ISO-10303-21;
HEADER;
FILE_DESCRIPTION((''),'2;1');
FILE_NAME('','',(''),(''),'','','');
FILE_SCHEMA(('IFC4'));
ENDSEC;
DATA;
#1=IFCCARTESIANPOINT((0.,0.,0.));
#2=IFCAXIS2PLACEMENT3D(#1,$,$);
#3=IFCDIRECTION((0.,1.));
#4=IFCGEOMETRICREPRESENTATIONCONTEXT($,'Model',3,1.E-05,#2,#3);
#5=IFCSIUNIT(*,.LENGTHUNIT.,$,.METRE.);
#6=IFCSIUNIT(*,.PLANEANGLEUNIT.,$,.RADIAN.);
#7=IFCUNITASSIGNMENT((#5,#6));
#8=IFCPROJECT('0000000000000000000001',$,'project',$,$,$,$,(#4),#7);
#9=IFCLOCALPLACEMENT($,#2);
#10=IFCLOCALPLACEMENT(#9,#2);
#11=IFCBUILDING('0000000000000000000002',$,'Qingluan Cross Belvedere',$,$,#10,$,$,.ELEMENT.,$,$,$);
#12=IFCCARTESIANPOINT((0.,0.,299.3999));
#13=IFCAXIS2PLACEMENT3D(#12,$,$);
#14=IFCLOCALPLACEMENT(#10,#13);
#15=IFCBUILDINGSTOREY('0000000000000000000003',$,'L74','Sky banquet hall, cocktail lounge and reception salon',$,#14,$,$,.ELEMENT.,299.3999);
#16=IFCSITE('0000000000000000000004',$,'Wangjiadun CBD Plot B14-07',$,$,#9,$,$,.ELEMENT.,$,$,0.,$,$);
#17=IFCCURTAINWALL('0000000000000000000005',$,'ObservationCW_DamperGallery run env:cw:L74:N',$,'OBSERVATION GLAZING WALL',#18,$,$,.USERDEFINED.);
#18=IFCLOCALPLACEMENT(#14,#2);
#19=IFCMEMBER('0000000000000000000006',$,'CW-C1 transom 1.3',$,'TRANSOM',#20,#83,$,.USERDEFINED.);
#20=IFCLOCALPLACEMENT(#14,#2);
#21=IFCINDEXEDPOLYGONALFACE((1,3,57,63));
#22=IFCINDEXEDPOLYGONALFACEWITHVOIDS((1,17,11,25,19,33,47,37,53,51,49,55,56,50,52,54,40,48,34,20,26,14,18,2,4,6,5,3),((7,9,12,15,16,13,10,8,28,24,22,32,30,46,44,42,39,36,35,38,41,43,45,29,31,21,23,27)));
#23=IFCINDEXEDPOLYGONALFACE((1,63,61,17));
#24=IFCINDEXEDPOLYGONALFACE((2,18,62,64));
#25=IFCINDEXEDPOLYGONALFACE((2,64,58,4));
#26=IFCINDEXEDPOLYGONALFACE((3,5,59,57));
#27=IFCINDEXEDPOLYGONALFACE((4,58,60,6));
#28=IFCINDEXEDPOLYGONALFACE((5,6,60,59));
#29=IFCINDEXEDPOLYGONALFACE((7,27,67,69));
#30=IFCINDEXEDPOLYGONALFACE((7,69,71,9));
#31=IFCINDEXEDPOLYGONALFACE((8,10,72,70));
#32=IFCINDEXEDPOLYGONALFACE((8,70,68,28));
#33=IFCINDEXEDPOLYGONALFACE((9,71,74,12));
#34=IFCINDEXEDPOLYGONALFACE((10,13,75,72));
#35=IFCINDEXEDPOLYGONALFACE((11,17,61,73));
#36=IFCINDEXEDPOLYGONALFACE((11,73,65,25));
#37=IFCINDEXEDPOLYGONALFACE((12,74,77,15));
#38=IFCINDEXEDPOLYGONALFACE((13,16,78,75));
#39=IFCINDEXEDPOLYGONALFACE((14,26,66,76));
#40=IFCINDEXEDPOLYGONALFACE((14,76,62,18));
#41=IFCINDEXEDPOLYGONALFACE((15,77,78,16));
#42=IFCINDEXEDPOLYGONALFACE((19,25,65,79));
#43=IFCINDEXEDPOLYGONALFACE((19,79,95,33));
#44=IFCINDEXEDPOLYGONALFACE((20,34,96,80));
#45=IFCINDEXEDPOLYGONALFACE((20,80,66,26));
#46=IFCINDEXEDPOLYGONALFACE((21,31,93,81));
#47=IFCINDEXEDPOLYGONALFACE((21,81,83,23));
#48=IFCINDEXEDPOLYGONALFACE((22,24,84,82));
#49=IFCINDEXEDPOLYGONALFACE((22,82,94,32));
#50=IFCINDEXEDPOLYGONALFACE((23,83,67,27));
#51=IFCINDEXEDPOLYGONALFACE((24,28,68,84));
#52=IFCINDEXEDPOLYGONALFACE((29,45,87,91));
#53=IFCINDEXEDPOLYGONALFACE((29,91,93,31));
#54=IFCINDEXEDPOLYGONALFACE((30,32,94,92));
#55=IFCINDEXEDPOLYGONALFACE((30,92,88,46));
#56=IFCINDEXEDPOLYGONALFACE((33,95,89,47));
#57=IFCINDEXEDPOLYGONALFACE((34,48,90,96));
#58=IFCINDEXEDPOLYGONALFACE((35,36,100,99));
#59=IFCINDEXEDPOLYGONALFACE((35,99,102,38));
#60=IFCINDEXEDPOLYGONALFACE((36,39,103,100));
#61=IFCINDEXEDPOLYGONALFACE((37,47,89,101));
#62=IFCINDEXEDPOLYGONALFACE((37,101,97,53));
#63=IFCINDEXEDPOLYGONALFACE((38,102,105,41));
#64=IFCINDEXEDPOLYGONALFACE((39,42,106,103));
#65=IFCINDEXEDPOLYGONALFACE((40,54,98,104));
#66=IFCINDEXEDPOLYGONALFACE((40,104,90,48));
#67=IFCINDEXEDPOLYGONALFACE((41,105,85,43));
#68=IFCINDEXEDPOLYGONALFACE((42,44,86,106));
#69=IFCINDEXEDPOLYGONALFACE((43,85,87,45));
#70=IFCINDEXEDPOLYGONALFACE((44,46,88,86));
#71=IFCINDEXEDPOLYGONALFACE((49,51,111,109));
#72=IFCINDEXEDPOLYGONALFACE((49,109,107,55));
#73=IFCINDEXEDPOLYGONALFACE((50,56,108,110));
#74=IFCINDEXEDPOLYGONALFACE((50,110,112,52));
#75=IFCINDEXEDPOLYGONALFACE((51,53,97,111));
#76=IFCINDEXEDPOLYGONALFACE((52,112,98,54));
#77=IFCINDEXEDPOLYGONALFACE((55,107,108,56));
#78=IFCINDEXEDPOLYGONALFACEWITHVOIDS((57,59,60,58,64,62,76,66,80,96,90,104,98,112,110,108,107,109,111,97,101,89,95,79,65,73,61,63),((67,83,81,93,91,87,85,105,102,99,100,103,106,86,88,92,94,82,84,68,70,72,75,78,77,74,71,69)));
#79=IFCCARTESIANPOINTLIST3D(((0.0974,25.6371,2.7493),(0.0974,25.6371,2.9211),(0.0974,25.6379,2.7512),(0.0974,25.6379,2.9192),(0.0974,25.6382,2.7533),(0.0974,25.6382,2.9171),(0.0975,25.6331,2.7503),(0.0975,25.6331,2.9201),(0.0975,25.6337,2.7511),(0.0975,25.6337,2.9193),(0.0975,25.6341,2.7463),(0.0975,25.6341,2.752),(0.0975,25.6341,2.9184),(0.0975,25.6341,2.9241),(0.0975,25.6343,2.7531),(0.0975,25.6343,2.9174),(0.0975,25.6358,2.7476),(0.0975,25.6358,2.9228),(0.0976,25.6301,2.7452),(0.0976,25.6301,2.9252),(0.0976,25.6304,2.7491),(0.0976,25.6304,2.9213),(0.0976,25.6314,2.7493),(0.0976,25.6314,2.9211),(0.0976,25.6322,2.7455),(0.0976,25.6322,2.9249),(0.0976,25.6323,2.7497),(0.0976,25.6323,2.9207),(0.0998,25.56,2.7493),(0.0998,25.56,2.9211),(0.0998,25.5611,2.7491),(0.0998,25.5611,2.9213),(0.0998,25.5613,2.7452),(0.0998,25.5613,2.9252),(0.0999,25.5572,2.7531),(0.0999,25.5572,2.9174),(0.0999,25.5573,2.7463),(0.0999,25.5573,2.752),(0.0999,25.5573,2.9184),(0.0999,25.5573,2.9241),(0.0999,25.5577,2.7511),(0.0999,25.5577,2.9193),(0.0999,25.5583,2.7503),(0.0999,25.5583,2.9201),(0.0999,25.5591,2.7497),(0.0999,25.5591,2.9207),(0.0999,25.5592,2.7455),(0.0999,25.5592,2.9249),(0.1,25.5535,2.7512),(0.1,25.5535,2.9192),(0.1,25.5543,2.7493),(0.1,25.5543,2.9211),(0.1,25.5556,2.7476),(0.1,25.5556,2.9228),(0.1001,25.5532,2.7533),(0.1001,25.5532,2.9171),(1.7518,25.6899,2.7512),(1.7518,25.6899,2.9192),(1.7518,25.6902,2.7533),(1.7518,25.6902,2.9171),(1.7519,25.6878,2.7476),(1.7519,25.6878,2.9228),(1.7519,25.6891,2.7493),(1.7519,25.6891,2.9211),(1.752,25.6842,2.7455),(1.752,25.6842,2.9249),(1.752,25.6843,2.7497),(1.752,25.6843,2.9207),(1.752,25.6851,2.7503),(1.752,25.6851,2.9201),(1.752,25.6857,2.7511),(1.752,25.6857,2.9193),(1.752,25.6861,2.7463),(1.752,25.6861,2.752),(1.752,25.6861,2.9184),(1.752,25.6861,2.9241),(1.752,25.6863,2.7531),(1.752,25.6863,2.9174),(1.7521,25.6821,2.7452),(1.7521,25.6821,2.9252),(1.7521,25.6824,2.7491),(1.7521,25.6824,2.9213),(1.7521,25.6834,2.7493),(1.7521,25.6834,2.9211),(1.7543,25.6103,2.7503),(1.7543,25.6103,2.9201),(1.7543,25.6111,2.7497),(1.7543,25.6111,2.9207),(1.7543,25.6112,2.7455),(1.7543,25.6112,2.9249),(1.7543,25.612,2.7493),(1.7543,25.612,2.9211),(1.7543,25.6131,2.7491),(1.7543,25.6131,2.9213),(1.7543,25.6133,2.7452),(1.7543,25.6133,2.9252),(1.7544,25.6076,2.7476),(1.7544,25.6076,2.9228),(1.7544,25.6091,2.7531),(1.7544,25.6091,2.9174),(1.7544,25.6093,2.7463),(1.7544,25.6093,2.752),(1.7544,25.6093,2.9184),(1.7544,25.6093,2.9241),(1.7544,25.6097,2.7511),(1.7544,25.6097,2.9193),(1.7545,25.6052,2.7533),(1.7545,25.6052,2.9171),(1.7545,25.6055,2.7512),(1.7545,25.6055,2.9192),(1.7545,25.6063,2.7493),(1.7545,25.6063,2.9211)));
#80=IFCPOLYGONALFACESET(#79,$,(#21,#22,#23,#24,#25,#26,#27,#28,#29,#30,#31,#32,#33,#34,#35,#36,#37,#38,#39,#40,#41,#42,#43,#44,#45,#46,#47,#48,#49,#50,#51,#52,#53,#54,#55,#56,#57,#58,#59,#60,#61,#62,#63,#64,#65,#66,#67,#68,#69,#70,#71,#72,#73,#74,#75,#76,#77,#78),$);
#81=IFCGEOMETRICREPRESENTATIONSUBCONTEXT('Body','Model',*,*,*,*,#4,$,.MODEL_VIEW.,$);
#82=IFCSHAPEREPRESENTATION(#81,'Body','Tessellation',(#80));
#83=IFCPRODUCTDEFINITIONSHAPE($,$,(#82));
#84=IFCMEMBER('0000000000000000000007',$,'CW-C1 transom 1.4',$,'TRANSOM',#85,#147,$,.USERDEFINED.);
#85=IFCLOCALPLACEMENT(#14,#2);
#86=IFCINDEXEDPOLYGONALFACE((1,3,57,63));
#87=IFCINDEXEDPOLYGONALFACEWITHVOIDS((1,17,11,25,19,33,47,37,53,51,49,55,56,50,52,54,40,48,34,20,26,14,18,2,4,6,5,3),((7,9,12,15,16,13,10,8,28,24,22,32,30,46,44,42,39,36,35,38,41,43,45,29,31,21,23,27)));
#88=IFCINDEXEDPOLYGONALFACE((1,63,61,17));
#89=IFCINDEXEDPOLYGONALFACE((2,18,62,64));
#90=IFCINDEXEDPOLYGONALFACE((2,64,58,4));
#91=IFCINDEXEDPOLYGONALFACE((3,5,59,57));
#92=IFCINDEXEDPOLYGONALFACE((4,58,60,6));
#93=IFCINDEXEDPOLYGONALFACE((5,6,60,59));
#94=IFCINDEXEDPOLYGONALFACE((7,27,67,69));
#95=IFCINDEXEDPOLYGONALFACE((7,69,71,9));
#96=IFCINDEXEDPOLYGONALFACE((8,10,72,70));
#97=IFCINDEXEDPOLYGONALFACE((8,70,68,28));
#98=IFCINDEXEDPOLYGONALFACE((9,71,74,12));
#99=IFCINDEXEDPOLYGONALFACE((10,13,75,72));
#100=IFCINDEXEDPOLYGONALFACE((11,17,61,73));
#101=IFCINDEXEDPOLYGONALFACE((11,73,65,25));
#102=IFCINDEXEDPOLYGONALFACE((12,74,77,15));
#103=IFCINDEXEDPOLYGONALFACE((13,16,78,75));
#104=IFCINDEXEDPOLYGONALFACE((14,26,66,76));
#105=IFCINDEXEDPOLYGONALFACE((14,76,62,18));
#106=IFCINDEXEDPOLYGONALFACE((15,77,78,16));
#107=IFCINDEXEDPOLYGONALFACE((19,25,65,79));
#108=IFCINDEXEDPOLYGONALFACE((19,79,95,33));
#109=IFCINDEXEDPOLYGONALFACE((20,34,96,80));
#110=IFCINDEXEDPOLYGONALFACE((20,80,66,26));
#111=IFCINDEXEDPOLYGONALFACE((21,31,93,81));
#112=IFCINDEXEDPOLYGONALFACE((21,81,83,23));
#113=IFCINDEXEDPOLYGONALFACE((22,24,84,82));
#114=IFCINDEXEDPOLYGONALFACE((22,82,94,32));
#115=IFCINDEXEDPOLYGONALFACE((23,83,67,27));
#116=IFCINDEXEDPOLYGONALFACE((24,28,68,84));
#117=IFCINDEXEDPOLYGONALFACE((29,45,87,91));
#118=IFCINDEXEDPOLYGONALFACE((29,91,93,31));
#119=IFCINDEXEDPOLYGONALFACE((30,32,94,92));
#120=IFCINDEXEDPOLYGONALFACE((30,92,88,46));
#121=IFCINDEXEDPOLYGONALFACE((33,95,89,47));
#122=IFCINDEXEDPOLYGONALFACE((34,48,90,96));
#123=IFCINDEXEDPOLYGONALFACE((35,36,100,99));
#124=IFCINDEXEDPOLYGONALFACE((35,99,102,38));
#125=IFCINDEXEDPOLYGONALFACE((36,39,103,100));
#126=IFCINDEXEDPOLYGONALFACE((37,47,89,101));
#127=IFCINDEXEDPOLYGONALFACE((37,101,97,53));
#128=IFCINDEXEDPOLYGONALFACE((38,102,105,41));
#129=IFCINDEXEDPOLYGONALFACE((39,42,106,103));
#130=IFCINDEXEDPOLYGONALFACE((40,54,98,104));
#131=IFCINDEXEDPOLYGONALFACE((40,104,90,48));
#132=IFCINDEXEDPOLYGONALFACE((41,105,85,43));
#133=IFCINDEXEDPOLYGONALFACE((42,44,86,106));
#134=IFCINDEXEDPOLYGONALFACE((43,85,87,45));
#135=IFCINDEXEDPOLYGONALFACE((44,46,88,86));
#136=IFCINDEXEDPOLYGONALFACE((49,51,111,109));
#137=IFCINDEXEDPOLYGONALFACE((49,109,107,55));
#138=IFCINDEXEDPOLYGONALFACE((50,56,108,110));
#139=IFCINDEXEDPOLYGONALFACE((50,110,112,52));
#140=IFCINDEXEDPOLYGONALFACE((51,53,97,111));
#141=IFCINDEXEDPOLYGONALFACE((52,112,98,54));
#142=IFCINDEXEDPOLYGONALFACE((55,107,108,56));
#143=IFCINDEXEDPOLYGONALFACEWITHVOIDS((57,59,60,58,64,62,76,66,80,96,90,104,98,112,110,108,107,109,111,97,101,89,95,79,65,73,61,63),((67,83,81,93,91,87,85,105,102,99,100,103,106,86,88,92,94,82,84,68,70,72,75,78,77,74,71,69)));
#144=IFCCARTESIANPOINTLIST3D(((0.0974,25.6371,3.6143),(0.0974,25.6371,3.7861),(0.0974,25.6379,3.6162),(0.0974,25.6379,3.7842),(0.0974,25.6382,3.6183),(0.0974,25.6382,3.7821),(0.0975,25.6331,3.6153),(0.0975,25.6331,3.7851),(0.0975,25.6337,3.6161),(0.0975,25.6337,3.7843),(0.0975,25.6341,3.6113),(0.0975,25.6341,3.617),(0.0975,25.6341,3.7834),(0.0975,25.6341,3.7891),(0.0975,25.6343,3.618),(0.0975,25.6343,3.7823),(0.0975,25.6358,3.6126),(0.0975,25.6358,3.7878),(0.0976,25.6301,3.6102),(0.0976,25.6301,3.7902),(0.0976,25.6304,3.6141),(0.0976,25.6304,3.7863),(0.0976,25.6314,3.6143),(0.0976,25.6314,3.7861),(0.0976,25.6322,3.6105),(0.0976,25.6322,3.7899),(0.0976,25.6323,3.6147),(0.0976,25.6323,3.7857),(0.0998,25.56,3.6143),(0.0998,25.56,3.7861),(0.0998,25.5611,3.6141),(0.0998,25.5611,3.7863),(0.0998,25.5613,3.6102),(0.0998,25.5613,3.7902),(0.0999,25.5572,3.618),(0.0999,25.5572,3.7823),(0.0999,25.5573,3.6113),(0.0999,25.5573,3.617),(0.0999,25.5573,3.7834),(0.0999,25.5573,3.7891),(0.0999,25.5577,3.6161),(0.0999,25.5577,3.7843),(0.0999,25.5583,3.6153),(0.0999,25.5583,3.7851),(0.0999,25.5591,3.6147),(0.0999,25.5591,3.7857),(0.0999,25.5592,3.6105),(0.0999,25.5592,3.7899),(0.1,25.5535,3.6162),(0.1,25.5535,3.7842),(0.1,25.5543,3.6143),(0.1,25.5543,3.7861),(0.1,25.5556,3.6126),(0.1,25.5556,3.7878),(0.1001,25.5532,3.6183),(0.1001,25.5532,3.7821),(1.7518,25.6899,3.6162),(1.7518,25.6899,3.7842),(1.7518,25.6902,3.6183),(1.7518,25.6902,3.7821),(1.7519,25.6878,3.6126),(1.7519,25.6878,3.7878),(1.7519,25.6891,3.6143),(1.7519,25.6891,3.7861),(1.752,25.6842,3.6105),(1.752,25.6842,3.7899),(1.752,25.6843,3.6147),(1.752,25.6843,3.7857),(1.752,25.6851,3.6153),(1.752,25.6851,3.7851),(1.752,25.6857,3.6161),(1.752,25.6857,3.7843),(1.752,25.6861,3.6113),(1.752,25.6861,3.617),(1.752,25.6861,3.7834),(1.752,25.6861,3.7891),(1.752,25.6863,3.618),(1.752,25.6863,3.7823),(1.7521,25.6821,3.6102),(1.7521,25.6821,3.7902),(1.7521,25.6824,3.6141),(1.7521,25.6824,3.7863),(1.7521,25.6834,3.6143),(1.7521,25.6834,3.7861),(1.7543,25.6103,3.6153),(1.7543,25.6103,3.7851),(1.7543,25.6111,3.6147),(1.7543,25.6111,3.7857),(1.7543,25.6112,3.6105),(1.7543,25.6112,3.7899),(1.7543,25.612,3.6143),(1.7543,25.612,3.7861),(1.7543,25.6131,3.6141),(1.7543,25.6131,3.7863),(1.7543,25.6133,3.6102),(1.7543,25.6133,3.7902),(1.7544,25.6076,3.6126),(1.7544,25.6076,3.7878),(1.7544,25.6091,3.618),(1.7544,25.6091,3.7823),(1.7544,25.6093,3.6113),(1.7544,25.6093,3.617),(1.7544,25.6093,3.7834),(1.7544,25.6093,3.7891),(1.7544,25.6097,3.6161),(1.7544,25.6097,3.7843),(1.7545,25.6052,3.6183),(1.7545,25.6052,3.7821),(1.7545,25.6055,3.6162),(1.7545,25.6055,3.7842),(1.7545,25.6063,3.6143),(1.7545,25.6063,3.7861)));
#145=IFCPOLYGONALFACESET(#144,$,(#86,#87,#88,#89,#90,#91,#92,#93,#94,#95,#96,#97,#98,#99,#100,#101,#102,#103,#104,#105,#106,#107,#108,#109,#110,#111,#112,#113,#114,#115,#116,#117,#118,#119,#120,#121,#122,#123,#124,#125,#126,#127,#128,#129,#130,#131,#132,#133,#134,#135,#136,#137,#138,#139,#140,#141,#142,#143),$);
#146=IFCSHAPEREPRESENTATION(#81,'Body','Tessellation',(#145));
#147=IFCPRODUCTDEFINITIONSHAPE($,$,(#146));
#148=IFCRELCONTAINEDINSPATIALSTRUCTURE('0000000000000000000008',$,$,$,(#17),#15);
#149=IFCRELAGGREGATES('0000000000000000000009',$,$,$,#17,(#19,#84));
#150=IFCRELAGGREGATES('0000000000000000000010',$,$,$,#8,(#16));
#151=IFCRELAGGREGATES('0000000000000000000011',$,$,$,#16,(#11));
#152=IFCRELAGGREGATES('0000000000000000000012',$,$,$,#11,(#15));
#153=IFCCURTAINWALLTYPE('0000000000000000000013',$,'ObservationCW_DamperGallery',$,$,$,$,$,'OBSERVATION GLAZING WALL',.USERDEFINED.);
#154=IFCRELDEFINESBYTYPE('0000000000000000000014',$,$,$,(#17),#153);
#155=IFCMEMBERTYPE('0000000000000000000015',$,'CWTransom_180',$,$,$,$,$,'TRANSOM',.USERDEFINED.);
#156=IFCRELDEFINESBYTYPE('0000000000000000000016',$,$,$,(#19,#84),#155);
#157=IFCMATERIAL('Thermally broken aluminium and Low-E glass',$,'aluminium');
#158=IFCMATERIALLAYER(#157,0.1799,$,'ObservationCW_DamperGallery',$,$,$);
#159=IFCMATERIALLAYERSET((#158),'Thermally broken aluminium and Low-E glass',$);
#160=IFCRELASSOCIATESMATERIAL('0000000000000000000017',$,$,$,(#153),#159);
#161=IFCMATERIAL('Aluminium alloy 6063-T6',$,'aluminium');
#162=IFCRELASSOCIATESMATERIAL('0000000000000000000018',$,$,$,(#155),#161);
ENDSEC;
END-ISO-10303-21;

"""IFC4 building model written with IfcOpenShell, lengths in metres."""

from ifc_helpers import new_model, si_unit, direction, frame, origin, origin_2d, place, context, subcontext, project, spatial, hollow_rectangle, extrude, material, layer, layer_set, material_profile, profile_set, type_object, element, aggregate, save


model = new_model("IFC4")

# Units and contexts
model_context = context("Model", 3, precision=1e-05, world=origin(), true_north=direction((0.0, 1.0)))
body_context = subcontext(model_context, "Body", "Model", "MODEL_VIEW")
ifc_project = project(units=[si_unit("LENGTHUNIT", "METRE"), si_unit("PLANEANGLEUNIT", "RADIAN")], contexts=[model_context])

# Site, building, storey
site_placement = place(None, origin())
site = spatial("IfcSite", under=ifc_project, at=site_placement, Name="Wangjiadun CBD Plot B14-07", CompositionType="ELEMENT", RefElevation=0.0)
building_placement = place(site_placement, origin())
building = spatial("IfcBuilding", under=site, at=building_placement, Name="Qingluan Cross Belvedere", CompositionType="ELEMENT")
storey_placement = place(building_placement, frame((0.0, 0.0, 299.3999)))
storey = spatial("IfcBuildingStorey", under=building, at=storey_placement, Name="L74", Description="Sky banquet hall, cocktail lounge and reception salon", CompositionType="ELEMENT", Elevation=299.3999)

# Curtain wall, members
ifc_material_1 = material(Name="Thermally broken aluminium and Low-E glass", Category="aluminium")
ifc_layer_1 = layer(ifc_material_1, 0.1799, Name="ObservationCW_DamperGallery")
ifc_layer_set_1 = layer_set([ifc_layer_1], Name="Thermally broken aluminium and Low-E glass")
curtain_wall_type = type_object("IfcCurtainWallType", Name="ObservationCW_DamperGallery", ElementType="OBSERVATION GLAZING WALL", PredefinedType="USERDEFINED", material=ifc_layer_set_1)
curtain_wall_placement = place(storey_placement, origin())
curtain_wall = element("IfcCurtainWall", 1, at=curtain_wall_placement, inside=storey, type_object=curtain_wall_type, Name="ObservationCW_DamperGallery run env:cw:L74:N", ObjectType="OBSERVATION GLAZING WALL", PredefinedType="USERDEFINED")
ifc_material_2 = material(Name="Aluminium alloy 6063-T6", Category="aluminium")
ifc_material_profile_1 = material_profile(ifc_material_2, hollow_rectangle(XDim=0.085, YDim=0.1799, WallThickness=0.0039, InnerFilletRadius=0.0039, OuterFilletRadius=0.0081, at=origin_2d()), Name="CWT180x85x4")
ifc_profile_set_1 = profile_set([ifc_material_profile_1], Name="Aluminium alloy 6063-T6")
member_type_1 = type_object("IfcMemberType", Name="CWTransom_180", ElementType="TRANSOM", PredefinedType="USERDEFINED", material=ifc_profile_set_1)
member_1_placement = place(storey_placement, frame((1.7532, 25.6477, 2.8352), z_axis=(-0.999506, -0.031414, 0.0), x_axis=(0.031414, -0.999506, 0.0)))
member_1 = element("IfcMember", 2, at=member_1_placement, type_object=member_type_1, Name="CW-C1 transom 1.3", ObjectType="TRANSOM", PredefinedType="USERDEFINED", context=body_context, shape_type="SweptSolid", body=[
    extrude(hollow_rectangle(XDim=0.085, YDim=0.1799, WallThickness=0.0039, InnerFilletRadius=0.0039, OuterFilletRadius=0.0081, at=origin_2d()), origin(), (0.0, 0.0, 1.0), 1.6553),
])
member_2_placement = place(storey_placement, frame((1.7532, 25.6477, 3.7002), z_axis=(-0.999506, -0.031414, 0.0), x_axis=(0.031414, -0.999506, 0.0)))
member_2 = element("IfcMember", 3, at=member_2_placement, type_object=member_type_1, Name="CW-C1 transom 1.4", ObjectType="TRANSOM", PredefinedType="USERDEFINED", context=body_context, shape_type="SweptSolid", body=[
    extrude(hollow_rectangle(XDim=0.085, YDim=0.1799, WallThickness=0.0039, InnerFilletRadius=0.0039, OuterFilletRadius=0.0081, at=origin_2d()), origin(), (0.0, 0.0, 1.0), 1.6553),
])
aggregate(curtain_wall, [member_1, member_2])

save(model, "model.ifc")
